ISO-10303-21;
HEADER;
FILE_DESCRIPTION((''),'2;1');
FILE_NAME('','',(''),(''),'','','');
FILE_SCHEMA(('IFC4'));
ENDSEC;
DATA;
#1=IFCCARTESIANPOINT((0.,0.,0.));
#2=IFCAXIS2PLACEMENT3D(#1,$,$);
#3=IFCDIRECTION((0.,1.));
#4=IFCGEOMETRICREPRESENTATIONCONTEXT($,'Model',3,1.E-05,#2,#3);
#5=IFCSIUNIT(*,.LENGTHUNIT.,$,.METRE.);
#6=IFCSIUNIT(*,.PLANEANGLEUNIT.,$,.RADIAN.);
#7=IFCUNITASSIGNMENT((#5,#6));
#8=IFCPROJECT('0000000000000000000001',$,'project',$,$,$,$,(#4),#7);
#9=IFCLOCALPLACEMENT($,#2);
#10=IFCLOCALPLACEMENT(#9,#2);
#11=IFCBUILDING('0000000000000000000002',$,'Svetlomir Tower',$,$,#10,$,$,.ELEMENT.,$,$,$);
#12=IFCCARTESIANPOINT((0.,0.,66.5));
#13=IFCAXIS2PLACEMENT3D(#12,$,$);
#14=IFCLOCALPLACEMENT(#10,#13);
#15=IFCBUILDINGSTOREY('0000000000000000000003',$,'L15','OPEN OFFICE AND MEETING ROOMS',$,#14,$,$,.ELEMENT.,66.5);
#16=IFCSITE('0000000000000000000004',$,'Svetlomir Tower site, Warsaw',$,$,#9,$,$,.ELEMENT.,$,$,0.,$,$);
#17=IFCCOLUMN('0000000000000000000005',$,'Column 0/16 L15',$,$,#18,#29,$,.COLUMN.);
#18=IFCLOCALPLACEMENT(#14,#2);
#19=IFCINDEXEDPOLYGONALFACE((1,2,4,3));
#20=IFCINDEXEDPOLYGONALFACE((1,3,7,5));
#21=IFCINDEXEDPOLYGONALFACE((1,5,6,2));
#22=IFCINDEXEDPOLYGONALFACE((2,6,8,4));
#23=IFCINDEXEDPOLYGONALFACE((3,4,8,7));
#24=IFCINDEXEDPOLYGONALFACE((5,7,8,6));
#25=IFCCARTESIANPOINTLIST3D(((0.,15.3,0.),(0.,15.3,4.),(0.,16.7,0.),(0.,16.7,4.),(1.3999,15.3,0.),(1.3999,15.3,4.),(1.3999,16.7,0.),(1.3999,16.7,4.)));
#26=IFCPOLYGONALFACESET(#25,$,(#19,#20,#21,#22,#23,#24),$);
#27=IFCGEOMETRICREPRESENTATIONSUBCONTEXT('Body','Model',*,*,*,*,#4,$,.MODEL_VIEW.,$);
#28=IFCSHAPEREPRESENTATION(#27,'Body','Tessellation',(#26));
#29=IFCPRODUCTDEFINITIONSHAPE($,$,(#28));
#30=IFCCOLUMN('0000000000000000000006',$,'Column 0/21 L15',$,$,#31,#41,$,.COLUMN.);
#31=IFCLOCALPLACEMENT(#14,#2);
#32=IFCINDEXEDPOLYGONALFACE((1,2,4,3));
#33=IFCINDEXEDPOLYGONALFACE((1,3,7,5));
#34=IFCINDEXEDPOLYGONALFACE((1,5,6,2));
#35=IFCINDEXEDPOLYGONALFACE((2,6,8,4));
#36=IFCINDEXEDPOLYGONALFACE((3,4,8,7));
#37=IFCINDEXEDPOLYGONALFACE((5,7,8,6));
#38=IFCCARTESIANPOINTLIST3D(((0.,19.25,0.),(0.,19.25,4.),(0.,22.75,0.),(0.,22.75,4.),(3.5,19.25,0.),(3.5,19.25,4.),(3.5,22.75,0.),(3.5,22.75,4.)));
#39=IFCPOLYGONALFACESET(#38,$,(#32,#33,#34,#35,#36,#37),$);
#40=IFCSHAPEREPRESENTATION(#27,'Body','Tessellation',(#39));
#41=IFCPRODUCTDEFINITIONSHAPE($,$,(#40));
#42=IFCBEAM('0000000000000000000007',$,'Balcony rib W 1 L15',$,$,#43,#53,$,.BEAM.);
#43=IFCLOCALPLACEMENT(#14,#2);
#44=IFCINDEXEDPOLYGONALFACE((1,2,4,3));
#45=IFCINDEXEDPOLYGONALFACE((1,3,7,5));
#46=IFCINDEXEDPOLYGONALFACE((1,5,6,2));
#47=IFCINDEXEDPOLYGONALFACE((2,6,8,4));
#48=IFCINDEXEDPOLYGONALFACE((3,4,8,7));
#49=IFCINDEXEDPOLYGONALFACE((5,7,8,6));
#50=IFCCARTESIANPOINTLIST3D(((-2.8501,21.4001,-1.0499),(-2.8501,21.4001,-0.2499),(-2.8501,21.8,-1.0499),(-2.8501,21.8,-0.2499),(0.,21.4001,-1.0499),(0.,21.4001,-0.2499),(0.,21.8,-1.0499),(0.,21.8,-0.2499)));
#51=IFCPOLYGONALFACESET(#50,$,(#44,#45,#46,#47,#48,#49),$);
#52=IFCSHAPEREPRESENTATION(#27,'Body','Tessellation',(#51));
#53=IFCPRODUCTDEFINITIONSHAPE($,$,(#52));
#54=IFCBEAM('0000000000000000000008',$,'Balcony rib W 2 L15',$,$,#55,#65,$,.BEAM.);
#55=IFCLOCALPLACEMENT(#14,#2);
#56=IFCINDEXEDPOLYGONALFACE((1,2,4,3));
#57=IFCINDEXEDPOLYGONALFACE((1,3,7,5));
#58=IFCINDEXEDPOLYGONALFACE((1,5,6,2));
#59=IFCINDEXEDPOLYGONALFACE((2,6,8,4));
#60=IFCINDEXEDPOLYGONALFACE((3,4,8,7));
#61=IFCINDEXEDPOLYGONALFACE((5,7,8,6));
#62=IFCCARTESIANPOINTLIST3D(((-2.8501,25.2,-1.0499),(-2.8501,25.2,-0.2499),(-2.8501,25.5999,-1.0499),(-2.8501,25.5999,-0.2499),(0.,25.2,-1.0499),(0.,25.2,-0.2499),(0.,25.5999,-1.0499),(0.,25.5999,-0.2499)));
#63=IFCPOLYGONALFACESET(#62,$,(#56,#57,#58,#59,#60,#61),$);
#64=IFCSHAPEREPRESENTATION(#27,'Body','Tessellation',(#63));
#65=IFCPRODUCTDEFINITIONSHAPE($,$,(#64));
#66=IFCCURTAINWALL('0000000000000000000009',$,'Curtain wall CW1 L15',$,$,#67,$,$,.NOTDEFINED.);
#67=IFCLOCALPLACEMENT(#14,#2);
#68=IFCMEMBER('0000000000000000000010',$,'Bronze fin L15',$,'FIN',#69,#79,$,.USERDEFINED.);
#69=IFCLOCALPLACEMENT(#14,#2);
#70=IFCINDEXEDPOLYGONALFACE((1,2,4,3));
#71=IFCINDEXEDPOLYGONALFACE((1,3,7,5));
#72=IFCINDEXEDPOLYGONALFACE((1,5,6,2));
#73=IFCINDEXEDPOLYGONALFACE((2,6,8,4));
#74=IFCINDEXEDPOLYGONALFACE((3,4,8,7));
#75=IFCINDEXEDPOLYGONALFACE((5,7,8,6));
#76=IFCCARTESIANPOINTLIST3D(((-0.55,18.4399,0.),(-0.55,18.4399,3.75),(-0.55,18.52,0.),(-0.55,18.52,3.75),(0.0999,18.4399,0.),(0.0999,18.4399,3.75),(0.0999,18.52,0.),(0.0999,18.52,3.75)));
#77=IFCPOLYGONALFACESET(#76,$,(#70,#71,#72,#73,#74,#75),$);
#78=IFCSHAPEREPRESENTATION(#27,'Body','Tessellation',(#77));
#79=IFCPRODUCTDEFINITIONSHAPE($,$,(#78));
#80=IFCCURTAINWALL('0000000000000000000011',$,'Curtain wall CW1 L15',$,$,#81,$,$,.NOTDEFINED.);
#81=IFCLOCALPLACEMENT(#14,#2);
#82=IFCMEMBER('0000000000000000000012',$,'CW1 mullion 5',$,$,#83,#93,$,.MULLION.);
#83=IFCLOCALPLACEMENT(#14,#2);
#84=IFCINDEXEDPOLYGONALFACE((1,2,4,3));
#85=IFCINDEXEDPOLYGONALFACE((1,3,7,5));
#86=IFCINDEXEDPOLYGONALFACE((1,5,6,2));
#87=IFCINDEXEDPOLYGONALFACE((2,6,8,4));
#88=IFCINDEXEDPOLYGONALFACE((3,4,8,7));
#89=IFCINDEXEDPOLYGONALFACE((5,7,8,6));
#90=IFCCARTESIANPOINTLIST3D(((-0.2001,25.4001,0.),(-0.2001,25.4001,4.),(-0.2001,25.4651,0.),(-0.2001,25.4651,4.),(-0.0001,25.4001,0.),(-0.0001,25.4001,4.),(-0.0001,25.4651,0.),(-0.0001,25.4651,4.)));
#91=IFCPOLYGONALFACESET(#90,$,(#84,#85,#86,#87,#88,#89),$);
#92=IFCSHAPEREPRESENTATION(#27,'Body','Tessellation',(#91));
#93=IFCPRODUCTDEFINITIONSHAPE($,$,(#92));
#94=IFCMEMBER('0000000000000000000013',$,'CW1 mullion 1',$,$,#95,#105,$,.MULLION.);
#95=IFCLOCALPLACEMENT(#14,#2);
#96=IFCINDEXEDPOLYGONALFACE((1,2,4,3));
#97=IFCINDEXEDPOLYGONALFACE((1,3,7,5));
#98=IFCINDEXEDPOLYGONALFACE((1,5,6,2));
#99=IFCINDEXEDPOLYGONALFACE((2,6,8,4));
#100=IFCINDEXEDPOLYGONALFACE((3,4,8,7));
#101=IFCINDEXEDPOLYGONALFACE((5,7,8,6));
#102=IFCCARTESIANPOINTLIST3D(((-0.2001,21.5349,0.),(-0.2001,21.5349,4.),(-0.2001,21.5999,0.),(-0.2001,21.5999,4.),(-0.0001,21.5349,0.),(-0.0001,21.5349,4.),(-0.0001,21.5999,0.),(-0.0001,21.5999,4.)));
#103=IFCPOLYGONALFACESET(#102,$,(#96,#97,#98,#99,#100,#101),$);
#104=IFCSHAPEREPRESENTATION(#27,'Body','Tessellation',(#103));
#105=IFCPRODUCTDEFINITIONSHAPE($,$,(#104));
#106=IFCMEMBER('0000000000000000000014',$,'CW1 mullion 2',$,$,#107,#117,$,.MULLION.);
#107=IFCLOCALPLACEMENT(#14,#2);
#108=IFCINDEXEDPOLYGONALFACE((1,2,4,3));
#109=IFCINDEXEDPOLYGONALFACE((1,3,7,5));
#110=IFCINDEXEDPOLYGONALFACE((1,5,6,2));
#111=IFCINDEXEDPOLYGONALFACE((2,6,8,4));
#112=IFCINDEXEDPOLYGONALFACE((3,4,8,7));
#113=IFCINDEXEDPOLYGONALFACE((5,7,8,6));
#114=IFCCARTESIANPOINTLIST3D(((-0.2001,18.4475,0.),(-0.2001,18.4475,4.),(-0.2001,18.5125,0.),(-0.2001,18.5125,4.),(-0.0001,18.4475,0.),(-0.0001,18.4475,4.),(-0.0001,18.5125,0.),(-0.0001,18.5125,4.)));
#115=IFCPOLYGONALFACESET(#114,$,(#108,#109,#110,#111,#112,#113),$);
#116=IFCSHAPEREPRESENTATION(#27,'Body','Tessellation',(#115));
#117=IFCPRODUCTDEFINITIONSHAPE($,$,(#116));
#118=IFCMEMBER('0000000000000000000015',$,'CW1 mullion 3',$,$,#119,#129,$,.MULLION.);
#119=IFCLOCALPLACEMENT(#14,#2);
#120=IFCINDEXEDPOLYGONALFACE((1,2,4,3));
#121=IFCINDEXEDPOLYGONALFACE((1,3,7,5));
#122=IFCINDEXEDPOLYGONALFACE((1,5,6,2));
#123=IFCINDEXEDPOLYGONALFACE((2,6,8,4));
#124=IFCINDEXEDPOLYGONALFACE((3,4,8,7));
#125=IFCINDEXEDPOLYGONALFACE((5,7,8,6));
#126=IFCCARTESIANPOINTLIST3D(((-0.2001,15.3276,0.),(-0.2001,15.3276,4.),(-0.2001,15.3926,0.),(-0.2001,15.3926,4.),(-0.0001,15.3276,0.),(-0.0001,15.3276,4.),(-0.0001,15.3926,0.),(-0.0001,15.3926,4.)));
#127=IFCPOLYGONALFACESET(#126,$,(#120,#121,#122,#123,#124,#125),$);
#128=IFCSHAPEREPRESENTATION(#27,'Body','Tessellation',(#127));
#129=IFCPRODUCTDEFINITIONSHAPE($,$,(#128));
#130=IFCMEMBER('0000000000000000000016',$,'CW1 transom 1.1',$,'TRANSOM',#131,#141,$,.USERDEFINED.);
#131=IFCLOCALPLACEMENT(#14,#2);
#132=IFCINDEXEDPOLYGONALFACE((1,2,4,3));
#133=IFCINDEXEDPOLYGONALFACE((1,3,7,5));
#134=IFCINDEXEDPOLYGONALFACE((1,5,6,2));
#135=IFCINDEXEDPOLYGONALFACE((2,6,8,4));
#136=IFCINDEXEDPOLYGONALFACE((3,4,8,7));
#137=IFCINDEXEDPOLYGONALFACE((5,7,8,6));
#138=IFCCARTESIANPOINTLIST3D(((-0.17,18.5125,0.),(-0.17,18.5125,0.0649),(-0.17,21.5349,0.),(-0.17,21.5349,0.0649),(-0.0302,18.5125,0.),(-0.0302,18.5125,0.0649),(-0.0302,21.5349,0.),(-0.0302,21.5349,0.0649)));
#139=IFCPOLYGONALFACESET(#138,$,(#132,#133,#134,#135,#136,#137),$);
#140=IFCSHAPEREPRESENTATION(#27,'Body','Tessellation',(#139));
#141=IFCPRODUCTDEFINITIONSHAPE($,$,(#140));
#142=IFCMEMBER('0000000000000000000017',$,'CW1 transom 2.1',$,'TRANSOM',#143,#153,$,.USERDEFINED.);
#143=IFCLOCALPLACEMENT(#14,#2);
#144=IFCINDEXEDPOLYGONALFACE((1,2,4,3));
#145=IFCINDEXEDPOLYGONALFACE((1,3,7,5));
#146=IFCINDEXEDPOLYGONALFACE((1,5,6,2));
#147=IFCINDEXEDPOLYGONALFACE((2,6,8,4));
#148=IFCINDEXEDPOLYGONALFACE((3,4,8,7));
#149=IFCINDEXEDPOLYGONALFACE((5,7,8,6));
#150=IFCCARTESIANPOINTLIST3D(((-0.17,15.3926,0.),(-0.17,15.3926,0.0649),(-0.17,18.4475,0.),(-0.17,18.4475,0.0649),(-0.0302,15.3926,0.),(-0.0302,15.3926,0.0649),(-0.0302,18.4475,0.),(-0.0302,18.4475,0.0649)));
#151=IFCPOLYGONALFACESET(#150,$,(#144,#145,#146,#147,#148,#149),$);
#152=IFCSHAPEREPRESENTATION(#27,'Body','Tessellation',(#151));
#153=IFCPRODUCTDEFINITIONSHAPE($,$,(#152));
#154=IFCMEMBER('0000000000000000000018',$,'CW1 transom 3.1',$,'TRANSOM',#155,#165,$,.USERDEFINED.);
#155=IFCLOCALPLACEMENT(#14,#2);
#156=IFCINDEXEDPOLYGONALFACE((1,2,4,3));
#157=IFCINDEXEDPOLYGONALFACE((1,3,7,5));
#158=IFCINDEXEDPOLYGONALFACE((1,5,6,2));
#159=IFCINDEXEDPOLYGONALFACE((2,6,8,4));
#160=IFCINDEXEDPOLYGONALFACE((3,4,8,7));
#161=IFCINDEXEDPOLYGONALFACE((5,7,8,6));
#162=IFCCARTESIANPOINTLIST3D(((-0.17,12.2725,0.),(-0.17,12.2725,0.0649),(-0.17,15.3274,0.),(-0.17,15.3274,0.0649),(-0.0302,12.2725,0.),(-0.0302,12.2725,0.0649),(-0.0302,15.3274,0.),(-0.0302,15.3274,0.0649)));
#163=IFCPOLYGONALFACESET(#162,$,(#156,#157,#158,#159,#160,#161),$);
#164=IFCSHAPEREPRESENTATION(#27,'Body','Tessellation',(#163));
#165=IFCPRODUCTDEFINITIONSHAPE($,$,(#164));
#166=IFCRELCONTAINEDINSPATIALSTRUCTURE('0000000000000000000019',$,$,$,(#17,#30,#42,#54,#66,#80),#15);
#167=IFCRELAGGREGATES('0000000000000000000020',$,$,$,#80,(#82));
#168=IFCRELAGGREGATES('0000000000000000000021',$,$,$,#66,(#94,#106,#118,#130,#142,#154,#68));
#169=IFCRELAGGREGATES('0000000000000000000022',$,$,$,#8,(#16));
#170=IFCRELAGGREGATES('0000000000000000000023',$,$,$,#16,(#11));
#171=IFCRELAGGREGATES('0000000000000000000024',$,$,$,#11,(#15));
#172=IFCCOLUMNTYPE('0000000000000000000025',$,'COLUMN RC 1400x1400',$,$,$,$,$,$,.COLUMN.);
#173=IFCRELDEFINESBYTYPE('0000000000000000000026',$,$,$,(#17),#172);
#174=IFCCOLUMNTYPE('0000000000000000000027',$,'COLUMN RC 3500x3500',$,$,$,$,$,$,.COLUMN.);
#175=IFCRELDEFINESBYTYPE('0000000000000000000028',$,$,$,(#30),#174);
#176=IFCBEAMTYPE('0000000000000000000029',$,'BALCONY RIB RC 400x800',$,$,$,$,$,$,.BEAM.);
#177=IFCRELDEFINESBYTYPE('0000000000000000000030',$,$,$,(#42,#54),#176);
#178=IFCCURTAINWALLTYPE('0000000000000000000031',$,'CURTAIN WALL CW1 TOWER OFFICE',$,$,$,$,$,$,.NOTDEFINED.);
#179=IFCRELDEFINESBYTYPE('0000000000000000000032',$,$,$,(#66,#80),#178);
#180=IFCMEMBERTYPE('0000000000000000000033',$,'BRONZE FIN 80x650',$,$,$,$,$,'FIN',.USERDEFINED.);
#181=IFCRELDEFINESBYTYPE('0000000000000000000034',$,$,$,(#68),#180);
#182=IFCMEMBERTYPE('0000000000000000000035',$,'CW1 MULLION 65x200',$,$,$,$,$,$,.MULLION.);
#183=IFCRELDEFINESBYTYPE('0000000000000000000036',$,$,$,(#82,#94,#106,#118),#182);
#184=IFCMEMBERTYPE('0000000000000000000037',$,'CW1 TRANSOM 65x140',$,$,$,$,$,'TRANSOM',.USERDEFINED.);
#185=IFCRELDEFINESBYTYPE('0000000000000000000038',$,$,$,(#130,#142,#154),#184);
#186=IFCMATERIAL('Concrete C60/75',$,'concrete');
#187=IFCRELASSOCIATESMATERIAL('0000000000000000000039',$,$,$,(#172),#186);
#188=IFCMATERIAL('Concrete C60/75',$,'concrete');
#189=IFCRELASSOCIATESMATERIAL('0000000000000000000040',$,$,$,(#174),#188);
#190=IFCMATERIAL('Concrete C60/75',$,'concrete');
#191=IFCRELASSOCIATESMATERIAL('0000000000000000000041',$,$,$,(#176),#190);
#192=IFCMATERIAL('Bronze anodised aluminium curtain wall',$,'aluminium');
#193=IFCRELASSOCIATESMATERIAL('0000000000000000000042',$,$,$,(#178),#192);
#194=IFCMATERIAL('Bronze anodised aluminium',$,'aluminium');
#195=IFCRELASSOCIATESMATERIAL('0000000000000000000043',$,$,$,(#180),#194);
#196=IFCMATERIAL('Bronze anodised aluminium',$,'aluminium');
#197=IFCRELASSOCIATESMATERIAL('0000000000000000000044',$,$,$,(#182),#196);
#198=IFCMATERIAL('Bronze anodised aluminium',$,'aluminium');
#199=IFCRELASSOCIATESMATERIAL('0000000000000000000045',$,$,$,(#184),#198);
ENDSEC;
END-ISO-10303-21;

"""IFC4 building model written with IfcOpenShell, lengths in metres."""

from ifc_helpers import new_model, si_unit, direction, frame, origin, origin_2d, place, context, subcontext, project, spatial, rectangle, extrude, material, material_profile, profile_set, type_object, element, aggregate, save


model = new_model("IFC4")

# Units and contexts
model_context = context("Model", 3, precision=1e-05, world=origin(), true_north=direction((0.0, 1.0)))
body_context = subcontext(model_context, "Body", "Model", "MODEL_VIEW")
ifc_project = project(units=[si_unit("LENGTHUNIT", "METRE"), si_unit("PLANEANGLEUNIT", "RADIAN")], contexts=[model_context])

# Site, building, storey
site_placement = place(None, origin())
site = spatial("IfcSite", under=ifc_project, at=site_placement, Name="Svetlomir Tower site, Warsaw", CompositionType="ELEMENT", RefElevation=0.0)
building_placement = place(site_placement, origin())
building = spatial("IfcBuilding", under=site, at=building_placement, Name="Svetlomir Tower", CompositionType="ELEMENT")
storey_placement = place(building_placement, frame((0.0, 0.0, 66.5)))
storey = spatial("IfcBuildingStorey", under=building, at=storey_placement, Name="L15", Description="OPEN OFFICE AND MEETING ROOMS", CompositionType="ELEMENT", Elevation=66.5)

# Columns
ifc_material_1 = material(Name="Concrete C60/75", Category="concrete")
ifc_material_profile_1 = material_profile(ifc_material_1, rectangle(XDim=1.3999, YDim=1.3999, at=origin_2d()), Name="RC 1400x1400")
ifc_profile_set_1 = profile_set([ifc_material_profile_1], Name="Concrete C60/75")
column_type_1 = type_object("IfcColumnType", Name="COLUMN RC 1400x1400", PredefinedType="COLUMN", material=ifc_profile_set_1)
column_1_placement = place(storey_placement, frame((0.7, 16.0, 0.0), z_axis=(0.0, 0.0, 1.0), x_axis=(1.0, 0.0, 0.0)))
element("IfcColumn", 1, at=column_1_placement, inside=storey, type_object=column_type_1, Name="Column 0/16 L15", PredefinedType="COLUMN", context=body_context, shape_type="SweptSolid", body=[
    extrude(rectangle(XDim=1.3999, YDim=1.3999, at=origin_2d()), origin(), (0.0, 0.0, 1.0), 4.0),
])
ifc_material_2 = material(Name="Concrete C60/75", Category="concrete")
ifc_material_profile_2 = material_profile(ifc_material_2, rectangle(XDim=3.5, YDim=3.5, at=origin_2d()), Name="RC 3500x3500")
ifc_profile_set_2 = profile_set([ifc_material_profile_2], Name="Concrete C60/75")
column_type_2 = type_object("IfcColumnType", Name="COLUMN RC 3500x3500", PredefinedType="COLUMN", material=ifc_profile_set_2)
column_2_placement = place(storey_placement, frame((1.75, 21.0, 0.0), z_axis=(0.0, 0.0, 1.0), x_axis=(1.0, 0.0, 0.0)))
element("IfcColumn", 2, at=column_2_placement, inside=storey, type_object=column_type_2, Name="Column 0/21 L15", PredefinedType="COLUMN", context=body_context, shape_type="SweptSolid", body=[
    extrude(rectangle(XDim=3.5, YDim=3.5, at=origin_2d()), origin(), (0.0, 0.0, 1.0), 4.0),
])

# Beams
ifc_material_3 = material(Name="Concrete C60/75", Category="concrete")
ifc_material_profile_3 = material_profile(ifc_material_3, rectangle(XDim=0.3999, YDim=0.8, at=origin_2d()), Name="RC 400x800")
ifc_profile_set_3 = profile_set([ifc_material_profile_3], Name="Concrete C60/75")
beam_type_1 = type_object("IfcBeamType", Name="BALCONY RIB RC 400x800", PredefinedType="BEAM", material=ifc_profile_set_3)
for number, where, z_axis, x_axis, name in (
    (3, (0.0, 21.6001, -0.6499), (-1.0, 0.0, 0.0), (0.0, -1.0, 0.0), "Balcony rib W 1 L15"),
    (4, (0.0, 25.3999, -0.6499), (-1.0, 0.0, 0.0), (0.0, -1.0, 0.0), "Balcony rib W 2 L15"),
):
    element("IfcBeam", number, at=place(storey_placement, frame(where, z_axis=z_axis, x_axis=x_axis)), inside=storey, type_object=beam_type_1, Name=name, PredefinedType="BEAM", context=body_context, shape_type="SweptSolid", body=[
        extrude(rectangle(XDim=0.3999, YDim=0.8, at=origin_2d()), origin(), (0.0, 0.0, 1.0), 2.8501),
    ])

# Curtain walls, members
ifc_material_4 = material(Name="Bronze anodised aluminium curtain wall", Category="aluminium")
curtain_wall_type = type_object("IfcCurtainWallType", Name="CURTAIN WALL CW1 TOWER OFFICE", PredefinedType="NOTDEFINED", material=ifc_material_4)
curtain_wall_1_placement = place(storey_placement, origin())
curtain_wall_1 = element("IfcCurtainWall", 5, at=curtain_wall_1_placement, inside=storey, type_object=curtain_wall_type, Name="Curtain wall CW1 L15", PredefinedType="NOTDEFINED")
ifc_material_5 = material(Name="Bronze anodised aluminium", Category="aluminium")
ifc_material_profile_4 = material_profile(ifc_material_5, rectangle(XDim=0.0801, YDim=0.6499, at=origin_2d()), Name="FIN 80x650")
ifc_profile_set_4 = profile_set([ifc_material_profile_4], Name="Bronze anodised aluminium 6063-T6")
member_type_1 = type_object("IfcMemberType", Name="BRONZE FIN 80x650", ElementType="FIN", PredefinedType="USERDEFINED", material=ifc_profile_set_4)
member_1_placement = place(storey_placement, frame((-0.2251, 18.48, 0.0), z_axis=(0.0, 0.0, 1.0), x_axis=(0.0, 1.0, 0.0)))
member_1 = element("IfcMember", 6, at=member_1_placement, type_object=member_type_1, Name="Bronze fin L15", ObjectType="FIN", PredefinedType="USERDEFINED", context=body_context, shape_type="SweptSolid", body=[
    extrude(rectangle(XDim=0.0801, YDim=0.6499, at=origin_2d()), origin(), (0.0, 0.0, 1.0), 3.75),
])
curtain_wall_2_placement = place(storey_placement, origin())
curtain_wall_2 = element("IfcCurtainWall", 7, at=curtain_wall_2_placement, inside=storey, type_object=curtain_wall_type, Name="Curtain wall CW1 L15", PredefinedType="NOTDEFINED")
ifc_material_6 = material(Name="Bronze anodised aluminium", Category="aluminium")
ifc_material_profile_5 = material_profile(ifc_material_6, rectangle(XDim=0.0649, YDim=0.2, at=origin_2d()), Name="AL 65x200")
ifc_profile_set_5 = profile_set([ifc_material_profile_5], Name="Bronze anodised aluminium 6063-T6")
member_type_2 = type_object("IfcMemberType", Name="CW1 MULLION 65x200", PredefinedType="MULLION", material=ifc_profile_set_5)
member_2_placement = place(storey_placement, frame((-0.1001, 25.4326, 0.0), z_axis=(0.0, 0.0, 1.0), x_axis=(0.0, -1.0, 0.0)))
member_2 = element("IfcMember", 8, at=member_2_placement, type_object=member_type_2, Name="CW1 mullion 5", PredefinedType="MULLION", context=body_context, shape_type="SweptSolid", body=[
    extrude(rectangle(XDim=0.0649, YDim=0.2, at=origin_2d()), origin(), (0.0, 0.0, 1.0), 4.0),
])
aggregate(curtain_wall_2, [member_2])

# Members
member_3_placement = place(storey_placement, frame((-0.1001, 21.5674, 0.0), z_axis=(0.0, 0.0, 1.0), x_axis=(0.0, -1.0, 0.0)))
member_3 = element("IfcMember", 9, at=member_3_placement, type_object=member_type_2, Name="CW1 mullion 1", PredefinedType="MULLION", context=body_context, shape_type="SweptSolid", body=[
    extrude(rectangle(XDim=0.0649, YDim=0.2, at=origin_2d()), origin(), (0.0, 0.0, 1.0), 4.0),
])
member_4_placement = place(storey_placement, frame((-0.1001, 18.48, 0.0), z_axis=(0.0, 0.0, 1.0), x_axis=(0.0, -1.0, 0.0)))
member_4 = element("IfcMember", 10, at=member_4_placement, type_object=member_type_2, Name="CW1 mullion 2", PredefinedType="MULLION", context=body_context, shape_type="SweptSolid", body=[
    extrude(rectangle(XDim=0.0649, YDim=0.2, at=origin_2d()), origin(), (0.0, 0.0, 1.0), 4.0),
])
member_5_placement = place(storey_placement, frame((-0.1001, 15.3601, 0.0), z_axis=(0.0, 0.0, 1.0), x_axis=(0.0, -1.0, 0.0)))
member_5 = element("IfcMember", 11, at=member_5_placement, type_object=member_type_2, Name="CW1 mullion 3", PredefinedType="MULLION", context=body_context, shape_type="SweptSolid", body=[
    extrude(rectangle(XDim=0.0649, YDim=0.2, at=origin_2d()), origin(), (0.0, 0.0, 1.0), 4.0),
])
ifc_material_7 = material(Name="Bronze anodised aluminium", Category="aluminium")
ifc_material_profile_6 = material_profile(ifc_material_7, rectangle(XDim=0.1399, YDim=0.0649, at=origin_2d()), Name="AL 140x65")
ifc_profile_set_6 = profile_set([ifc_material_profile_6], Name="Bronze anodised aluminium 6063-T6")
member_type_3 = type_object("IfcMemberType", Name="CW1 TRANSOM 65x140", ElementType="TRANSOM", PredefinedType="USERDEFINED", material=ifc_profile_set_6)
member_6_placement = place(storey_placement, frame((-0.1001, 21.5349, 0.0325), z_axis=(0.0, -1.0, 0.0), x_axis=(1.0, 0.0, 0.0)))
member_6 = element("IfcMember", 12, at=member_6_placement, type_object=member_type_3, Name="CW1 transom 1.1", ObjectType="TRANSOM", PredefinedType="USERDEFINED", context=body_context, shape_type="SweptSolid", body=[
    extrude(rectangle(XDim=0.1399, YDim=0.0649, at=origin_2d()), origin(), (0.0, 0.0, 1.0), 3.0225),
])
member_7_placement = place(storey_placement, frame((-0.1001, 18.4475, 0.0325), z_axis=(0.0, -1.0, 0.0), x_axis=(1.0, 0.0, 0.0)))
member_7 = element("IfcMember", 13, at=member_7_placement, type_object=member_type_3, Name="CW1 transom 2.1", ObjectType="TRANSOM", PredefinedType="USERDEFINED", context=body_context, shape_type="SweptSolid", body=[
    extrude(rectangle(XDim=0.1399, YDim=0.0649, at=origin_2d()), origin(), (0.0, 0.0, 1.0), 3.0549),
])
member_8_placement = place(storey_placement, frame((-0.1001, 15.3274, 0.0325), z_axis=(0.0, -1.0, 0.0), x_axis=(1.0, 0.0, 0.0)))
member_8 = element("IfcMember", 14, at=member_8_placement, type_object=member_type_3, Name="CW1 transom 3.1", ObjectType="TRANSOM", PredefinedType="USERDEFINED", context=body_context, shape_type="SweptSolid", body=[
    extrude(rectangle(XDim=0.1399, YDim=0.0649, at=origin_2d()), origin(), (0.0, 0.0, 1.0), 3.0549),
])

aggregate(curtain_wall_1, [member_3, member_4, member_5, member_6, member_7, member_8, member_1])

save(model, "model.ifc")
